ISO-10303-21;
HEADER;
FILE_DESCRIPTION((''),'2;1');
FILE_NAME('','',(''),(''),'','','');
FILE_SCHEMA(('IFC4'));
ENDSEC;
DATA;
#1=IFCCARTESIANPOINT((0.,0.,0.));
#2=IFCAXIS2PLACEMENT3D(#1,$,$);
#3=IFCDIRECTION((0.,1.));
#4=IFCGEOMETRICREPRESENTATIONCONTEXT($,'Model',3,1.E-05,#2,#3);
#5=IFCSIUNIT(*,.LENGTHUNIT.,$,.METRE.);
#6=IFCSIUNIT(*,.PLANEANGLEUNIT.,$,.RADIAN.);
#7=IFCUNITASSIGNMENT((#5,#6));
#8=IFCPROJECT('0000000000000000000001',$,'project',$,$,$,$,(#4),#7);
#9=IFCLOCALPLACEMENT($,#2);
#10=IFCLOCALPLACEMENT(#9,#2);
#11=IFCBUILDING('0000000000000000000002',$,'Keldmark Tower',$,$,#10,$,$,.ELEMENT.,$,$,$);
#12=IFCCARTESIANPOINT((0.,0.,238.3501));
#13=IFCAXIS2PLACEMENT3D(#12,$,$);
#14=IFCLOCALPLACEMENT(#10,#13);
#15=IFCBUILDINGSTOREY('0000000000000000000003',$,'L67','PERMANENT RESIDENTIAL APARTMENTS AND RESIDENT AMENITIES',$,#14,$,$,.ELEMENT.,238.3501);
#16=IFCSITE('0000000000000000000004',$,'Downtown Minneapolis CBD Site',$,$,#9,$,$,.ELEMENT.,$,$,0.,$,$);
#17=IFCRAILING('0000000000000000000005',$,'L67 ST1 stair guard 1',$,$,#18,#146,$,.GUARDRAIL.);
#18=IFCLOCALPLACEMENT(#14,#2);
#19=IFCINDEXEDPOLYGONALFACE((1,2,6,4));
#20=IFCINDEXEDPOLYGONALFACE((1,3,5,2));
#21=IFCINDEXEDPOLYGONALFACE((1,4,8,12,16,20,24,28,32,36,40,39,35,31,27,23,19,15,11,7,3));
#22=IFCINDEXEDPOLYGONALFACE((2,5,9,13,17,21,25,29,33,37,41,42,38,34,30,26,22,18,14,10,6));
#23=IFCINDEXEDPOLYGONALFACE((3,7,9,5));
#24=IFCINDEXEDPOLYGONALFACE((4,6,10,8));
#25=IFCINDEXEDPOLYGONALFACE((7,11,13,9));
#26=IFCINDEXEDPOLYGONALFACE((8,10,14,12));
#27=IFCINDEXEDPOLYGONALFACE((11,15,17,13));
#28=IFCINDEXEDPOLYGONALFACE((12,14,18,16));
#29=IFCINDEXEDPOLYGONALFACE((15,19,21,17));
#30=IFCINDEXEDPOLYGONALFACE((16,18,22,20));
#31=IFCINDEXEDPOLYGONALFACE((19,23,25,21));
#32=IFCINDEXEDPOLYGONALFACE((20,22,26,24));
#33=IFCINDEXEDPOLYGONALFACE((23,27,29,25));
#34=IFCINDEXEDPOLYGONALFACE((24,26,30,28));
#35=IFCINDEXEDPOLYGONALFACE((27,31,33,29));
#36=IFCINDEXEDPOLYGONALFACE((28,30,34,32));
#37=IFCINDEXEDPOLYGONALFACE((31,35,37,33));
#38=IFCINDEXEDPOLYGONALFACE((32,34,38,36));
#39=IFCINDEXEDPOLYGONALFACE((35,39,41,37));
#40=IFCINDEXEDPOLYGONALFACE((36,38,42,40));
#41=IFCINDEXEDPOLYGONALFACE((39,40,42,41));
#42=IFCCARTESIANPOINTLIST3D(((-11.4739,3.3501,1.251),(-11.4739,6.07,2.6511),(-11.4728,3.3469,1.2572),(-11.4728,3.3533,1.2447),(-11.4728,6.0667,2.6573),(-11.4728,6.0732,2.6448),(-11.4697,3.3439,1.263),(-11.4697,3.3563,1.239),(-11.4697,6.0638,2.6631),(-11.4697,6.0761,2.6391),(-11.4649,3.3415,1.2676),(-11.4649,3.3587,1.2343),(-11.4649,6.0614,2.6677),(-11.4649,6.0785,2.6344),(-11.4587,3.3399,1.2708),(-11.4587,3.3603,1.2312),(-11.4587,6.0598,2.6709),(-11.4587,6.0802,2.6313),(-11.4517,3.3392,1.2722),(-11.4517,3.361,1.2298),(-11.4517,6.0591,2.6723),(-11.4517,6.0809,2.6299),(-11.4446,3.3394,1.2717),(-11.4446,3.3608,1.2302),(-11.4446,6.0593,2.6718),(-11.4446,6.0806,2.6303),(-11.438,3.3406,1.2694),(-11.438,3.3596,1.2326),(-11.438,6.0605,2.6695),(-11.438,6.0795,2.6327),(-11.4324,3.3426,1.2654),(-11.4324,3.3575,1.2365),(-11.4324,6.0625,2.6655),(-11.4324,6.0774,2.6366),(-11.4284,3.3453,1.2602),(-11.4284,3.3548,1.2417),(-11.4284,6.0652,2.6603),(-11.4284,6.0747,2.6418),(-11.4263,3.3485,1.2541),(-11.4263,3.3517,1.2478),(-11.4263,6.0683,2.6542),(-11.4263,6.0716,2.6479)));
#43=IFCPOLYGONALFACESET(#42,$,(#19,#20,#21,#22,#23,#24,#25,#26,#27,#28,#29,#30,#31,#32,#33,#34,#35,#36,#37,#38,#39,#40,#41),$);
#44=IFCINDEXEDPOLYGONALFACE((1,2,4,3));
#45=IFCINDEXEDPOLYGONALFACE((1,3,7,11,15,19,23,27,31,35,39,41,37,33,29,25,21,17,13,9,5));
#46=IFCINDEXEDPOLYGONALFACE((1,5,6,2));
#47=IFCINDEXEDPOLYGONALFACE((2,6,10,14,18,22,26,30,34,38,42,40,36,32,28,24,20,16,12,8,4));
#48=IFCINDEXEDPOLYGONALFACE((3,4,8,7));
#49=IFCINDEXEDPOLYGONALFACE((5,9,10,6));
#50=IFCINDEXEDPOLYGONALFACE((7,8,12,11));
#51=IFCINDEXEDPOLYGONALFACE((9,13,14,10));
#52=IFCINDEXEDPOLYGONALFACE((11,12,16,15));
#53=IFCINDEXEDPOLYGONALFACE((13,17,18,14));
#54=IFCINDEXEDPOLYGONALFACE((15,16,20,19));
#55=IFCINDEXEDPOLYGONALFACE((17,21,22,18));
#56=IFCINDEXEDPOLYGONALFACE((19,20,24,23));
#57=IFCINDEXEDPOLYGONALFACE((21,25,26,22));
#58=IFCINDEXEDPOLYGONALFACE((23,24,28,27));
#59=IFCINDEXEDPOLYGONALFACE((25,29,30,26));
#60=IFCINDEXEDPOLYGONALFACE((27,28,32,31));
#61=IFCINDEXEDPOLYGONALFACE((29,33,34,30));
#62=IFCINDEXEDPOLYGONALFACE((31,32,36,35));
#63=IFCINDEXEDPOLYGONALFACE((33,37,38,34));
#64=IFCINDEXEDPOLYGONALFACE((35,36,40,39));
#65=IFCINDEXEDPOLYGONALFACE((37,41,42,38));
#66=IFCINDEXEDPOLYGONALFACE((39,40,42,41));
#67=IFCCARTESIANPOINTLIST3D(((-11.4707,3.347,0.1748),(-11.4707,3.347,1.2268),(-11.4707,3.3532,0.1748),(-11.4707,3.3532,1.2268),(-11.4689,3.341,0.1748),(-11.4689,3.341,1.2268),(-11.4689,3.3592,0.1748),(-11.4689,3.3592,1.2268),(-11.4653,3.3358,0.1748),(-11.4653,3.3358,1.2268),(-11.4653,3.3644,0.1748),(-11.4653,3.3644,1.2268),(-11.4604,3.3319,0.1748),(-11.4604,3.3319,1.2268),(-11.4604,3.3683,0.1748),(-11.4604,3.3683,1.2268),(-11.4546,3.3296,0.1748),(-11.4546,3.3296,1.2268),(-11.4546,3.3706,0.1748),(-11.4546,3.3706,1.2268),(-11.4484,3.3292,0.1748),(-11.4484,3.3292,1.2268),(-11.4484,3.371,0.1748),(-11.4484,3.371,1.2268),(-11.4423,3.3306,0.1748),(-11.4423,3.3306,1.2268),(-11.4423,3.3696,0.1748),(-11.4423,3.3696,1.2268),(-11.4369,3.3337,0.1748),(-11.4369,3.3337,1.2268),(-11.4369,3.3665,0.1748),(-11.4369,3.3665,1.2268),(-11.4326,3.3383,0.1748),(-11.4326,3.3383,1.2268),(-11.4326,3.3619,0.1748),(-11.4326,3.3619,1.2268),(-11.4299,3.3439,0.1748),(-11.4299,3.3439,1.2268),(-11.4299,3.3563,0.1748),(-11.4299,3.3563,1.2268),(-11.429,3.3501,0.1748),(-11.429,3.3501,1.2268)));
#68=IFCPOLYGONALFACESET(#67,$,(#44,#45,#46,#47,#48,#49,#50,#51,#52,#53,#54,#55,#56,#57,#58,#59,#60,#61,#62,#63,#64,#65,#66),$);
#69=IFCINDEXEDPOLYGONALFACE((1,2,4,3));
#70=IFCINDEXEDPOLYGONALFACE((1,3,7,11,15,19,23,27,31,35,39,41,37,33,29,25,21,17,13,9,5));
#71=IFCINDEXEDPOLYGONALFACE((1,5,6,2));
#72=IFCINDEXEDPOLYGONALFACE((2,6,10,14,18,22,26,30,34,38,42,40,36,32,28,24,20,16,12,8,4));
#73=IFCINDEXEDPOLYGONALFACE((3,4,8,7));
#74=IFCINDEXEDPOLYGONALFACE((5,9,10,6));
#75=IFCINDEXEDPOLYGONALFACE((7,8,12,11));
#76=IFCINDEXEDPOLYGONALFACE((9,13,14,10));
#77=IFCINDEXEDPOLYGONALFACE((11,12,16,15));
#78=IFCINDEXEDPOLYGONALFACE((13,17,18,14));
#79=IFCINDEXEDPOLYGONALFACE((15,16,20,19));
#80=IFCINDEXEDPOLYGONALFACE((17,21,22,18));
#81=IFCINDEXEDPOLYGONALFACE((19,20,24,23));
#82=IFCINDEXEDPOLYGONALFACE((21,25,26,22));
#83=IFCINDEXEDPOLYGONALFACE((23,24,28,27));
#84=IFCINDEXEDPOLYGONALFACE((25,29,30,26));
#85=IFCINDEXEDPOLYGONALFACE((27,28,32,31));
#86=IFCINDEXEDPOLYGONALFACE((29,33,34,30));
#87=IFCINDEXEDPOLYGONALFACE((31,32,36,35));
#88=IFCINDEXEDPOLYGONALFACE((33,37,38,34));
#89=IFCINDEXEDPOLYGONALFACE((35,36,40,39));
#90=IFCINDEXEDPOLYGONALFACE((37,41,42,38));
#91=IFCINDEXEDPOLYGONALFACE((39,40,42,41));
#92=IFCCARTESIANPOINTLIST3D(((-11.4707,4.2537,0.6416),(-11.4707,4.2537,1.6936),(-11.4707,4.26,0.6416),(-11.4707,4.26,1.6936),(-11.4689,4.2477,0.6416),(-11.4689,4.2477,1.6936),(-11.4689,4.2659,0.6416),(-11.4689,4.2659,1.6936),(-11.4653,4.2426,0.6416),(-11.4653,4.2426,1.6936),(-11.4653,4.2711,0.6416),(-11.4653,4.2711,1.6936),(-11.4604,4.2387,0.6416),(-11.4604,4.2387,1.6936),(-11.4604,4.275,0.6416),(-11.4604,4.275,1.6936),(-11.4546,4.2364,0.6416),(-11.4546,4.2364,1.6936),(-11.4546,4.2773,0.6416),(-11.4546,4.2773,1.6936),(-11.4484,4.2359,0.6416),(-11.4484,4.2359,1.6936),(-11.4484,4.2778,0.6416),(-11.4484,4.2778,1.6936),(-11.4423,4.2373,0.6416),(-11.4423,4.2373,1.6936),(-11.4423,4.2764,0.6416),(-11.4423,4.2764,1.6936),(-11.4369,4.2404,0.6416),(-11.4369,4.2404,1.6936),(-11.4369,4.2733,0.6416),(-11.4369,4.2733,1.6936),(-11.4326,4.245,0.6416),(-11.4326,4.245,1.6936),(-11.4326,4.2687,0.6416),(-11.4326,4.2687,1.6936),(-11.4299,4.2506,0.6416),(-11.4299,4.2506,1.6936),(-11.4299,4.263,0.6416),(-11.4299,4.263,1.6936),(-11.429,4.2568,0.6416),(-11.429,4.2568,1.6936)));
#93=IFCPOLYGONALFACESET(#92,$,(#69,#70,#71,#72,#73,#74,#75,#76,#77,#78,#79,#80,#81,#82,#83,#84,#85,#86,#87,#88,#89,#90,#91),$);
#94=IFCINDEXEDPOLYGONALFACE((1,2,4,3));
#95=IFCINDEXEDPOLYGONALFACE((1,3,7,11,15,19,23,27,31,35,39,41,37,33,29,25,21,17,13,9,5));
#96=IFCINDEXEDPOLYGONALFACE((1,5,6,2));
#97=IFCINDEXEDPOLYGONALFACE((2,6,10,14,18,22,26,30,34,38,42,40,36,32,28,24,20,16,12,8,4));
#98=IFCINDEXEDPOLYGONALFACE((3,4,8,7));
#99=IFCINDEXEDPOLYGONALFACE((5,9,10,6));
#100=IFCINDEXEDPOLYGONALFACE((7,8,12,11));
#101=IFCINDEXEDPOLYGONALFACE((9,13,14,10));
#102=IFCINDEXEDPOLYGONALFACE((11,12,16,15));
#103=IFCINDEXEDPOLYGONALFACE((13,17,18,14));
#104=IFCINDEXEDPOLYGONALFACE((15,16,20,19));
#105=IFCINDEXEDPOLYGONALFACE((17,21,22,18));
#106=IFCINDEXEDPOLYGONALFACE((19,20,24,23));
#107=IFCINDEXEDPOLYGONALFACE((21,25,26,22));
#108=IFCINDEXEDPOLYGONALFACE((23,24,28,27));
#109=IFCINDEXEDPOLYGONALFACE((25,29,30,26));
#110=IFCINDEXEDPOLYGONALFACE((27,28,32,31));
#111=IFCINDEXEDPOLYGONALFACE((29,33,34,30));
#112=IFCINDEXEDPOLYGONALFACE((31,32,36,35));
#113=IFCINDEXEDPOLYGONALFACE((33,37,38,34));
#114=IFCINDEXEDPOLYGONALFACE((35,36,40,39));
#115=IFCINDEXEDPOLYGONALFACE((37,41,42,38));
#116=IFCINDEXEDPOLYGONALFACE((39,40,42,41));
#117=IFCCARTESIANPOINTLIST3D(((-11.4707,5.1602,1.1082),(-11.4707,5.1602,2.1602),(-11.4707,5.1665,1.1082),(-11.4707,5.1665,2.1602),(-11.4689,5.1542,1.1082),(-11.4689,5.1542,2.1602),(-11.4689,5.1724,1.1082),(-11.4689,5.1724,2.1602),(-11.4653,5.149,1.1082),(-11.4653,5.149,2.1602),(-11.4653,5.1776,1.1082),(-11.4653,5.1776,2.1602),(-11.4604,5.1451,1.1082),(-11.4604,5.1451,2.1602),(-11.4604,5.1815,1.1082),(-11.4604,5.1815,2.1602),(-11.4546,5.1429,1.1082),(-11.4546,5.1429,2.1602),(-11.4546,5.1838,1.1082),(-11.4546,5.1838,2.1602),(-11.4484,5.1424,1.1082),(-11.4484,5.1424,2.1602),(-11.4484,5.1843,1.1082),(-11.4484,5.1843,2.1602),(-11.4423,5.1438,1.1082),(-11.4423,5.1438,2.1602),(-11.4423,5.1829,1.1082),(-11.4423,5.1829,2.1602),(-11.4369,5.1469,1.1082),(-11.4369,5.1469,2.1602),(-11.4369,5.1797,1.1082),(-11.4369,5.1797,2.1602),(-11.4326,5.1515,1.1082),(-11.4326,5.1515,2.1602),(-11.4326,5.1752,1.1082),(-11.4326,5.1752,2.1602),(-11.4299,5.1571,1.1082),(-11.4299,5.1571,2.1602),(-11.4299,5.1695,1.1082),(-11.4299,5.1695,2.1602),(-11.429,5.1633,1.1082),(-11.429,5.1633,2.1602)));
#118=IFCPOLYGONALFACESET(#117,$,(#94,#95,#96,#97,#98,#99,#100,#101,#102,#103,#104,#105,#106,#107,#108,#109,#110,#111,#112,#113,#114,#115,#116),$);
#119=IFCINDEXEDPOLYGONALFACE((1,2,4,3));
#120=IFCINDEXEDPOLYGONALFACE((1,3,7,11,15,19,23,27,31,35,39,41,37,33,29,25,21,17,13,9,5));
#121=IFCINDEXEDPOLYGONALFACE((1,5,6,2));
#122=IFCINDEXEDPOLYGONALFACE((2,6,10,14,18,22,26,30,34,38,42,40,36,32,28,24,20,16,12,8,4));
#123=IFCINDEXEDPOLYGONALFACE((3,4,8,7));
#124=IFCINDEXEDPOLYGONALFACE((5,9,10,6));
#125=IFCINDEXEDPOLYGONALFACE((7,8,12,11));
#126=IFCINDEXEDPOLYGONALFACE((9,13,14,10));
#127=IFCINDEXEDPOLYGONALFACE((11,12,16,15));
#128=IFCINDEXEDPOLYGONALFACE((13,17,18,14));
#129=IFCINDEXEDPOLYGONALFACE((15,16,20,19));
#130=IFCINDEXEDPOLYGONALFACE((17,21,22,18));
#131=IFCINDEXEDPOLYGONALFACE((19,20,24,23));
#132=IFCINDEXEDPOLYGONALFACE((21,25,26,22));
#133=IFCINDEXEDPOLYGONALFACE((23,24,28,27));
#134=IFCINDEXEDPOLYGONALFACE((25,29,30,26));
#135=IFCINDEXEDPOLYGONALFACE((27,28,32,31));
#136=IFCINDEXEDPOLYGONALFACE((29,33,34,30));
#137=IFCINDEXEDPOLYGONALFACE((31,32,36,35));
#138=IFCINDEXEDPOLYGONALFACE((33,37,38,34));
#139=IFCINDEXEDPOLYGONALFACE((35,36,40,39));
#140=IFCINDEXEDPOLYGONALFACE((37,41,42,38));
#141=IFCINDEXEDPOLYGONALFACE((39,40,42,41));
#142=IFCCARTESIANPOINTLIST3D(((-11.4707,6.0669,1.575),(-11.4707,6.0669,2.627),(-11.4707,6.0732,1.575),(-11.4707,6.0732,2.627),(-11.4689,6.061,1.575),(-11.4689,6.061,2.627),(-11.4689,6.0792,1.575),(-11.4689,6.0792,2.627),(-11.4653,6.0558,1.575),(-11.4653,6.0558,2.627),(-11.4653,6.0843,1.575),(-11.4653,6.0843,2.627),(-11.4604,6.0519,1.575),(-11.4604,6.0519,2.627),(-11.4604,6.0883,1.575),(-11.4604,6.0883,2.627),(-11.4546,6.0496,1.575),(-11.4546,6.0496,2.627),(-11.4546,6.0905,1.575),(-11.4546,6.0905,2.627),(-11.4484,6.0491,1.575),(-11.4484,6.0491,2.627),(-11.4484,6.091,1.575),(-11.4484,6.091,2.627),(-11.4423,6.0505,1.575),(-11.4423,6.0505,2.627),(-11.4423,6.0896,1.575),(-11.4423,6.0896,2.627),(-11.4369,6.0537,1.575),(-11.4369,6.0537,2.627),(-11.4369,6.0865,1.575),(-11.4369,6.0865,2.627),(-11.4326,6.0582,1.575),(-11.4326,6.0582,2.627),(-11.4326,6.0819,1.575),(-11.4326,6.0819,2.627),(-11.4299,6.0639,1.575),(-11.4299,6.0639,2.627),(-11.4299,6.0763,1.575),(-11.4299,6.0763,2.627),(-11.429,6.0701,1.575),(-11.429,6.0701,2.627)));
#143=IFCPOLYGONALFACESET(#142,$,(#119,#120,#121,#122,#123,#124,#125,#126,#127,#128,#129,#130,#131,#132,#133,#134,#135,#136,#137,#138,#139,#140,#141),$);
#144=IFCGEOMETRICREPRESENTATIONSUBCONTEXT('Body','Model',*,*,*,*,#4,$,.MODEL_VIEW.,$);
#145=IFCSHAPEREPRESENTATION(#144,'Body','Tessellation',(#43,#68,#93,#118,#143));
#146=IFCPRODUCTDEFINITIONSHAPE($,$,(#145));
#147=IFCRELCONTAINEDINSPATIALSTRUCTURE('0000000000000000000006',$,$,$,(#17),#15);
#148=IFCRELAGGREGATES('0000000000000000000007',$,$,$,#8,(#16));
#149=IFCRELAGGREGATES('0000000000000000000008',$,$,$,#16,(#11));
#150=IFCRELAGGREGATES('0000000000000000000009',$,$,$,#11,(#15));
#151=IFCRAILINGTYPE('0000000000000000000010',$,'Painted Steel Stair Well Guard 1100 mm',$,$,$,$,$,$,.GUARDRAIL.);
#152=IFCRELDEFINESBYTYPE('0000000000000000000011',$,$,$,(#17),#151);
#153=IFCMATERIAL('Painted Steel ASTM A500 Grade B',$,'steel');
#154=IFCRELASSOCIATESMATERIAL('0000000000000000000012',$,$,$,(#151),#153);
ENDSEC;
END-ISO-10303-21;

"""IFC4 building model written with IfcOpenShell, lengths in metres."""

from ifc_helpers import new_model, si_unit, direction, frame, origin, origin_2d, place, context, subcontext, project, spatial, circle, extrude, material, type_object, element, save


model = new_model("IFC4")

# Units and contexts
model_context = context("Model", 3, precision=1e-05, world=origin(), true_north=direction((0.0, 1.0)))
body_context = subcontext(model_context, "Body", "Model", "MODEL_VIEW")
ifc_project = project(units=[si_unit("LENGTHUNIT", "METRE"), si_unit("PLANEANGLEUNIT", "RADIAN")], contexts=[model_context])

# Site, building, storey
site_placement = place(None, origin())
site = spatial("IfcSite", under=ifc_project, at=site_placement, Name="Downtown Minneapolis CBD Site", CompositionType="ELEMENT", RefElevation=0.0)
building_placement = place(site_placement, origin())
building = spatial("IfcBuilding", under=site, at=building_placement, Name="Keldmark Tower", CompositionType="ELEMENT")
storey_placement = place(building_placement, frame((0.0, 0.0, 238.3501)))
storey = spatial("IfcBuildingStorey", under=building, at=storey_placement, Name="L67", Description="PERMANENT RESIDENTIAL APARTMENTS AND RESIDENT AMENITIES", CompositionType="ELEMENT", Elevation=238.3501)

# Railing
ifc_material_1 = material(Name="Painted Steel ASTM A500 Grade B", Category="steel")
railing_type_1 = type_object("IfcRailingType", Name="Painted Steel Stair Well Guard 1100 mm", PredefinedType="GUARDRAIL", material=ifc_material_1)
railing_1_placement = place(storey_placement, frame((-11.45, 3.3501, 0.1748)))
element("IfcRailing", 1, at=railing_1_placement, inside=storey, type_object=railing_type_1, Name="L67 ST1 stair guard 1", PredefinedType="GUARDRAIL", context=body_context, shape_type="SweptSolid", body=[
    extrude(circle(Radius=0.0239, at=origin_2d()), frame((0.0, 0.0, 1.0762), z_axis=(0.0, 0.889114, 0.457685), x_axis=(-1.0, 0.0, 0.0)), (0.0, 0.0, 1.0), 3.0591),
    extrude(circle(Radius=0.021, at=origin_2d()), origin(), (0.0, 0.0, 1.0), 1.052),
    extrude(circle(Radius=0.021, at=origin_2d()), frame((0.0, 0.9067, 0.4668)), (0.0, 0.0, 1.0), 1.052),
    extrude(circle(Radius=0.021, at=origin_2d()), frame((0.0, 1.8132, 0.9333)), (0.0, 0.0, 1.0), 1.052),
    extrude(circle(Radius=0.021, at=origin_2d()), frame((0.0, 2.72, 1.4001)), (0.0, 0.0, 1.0), 1.052),
])

save(model, "model.ifc")
